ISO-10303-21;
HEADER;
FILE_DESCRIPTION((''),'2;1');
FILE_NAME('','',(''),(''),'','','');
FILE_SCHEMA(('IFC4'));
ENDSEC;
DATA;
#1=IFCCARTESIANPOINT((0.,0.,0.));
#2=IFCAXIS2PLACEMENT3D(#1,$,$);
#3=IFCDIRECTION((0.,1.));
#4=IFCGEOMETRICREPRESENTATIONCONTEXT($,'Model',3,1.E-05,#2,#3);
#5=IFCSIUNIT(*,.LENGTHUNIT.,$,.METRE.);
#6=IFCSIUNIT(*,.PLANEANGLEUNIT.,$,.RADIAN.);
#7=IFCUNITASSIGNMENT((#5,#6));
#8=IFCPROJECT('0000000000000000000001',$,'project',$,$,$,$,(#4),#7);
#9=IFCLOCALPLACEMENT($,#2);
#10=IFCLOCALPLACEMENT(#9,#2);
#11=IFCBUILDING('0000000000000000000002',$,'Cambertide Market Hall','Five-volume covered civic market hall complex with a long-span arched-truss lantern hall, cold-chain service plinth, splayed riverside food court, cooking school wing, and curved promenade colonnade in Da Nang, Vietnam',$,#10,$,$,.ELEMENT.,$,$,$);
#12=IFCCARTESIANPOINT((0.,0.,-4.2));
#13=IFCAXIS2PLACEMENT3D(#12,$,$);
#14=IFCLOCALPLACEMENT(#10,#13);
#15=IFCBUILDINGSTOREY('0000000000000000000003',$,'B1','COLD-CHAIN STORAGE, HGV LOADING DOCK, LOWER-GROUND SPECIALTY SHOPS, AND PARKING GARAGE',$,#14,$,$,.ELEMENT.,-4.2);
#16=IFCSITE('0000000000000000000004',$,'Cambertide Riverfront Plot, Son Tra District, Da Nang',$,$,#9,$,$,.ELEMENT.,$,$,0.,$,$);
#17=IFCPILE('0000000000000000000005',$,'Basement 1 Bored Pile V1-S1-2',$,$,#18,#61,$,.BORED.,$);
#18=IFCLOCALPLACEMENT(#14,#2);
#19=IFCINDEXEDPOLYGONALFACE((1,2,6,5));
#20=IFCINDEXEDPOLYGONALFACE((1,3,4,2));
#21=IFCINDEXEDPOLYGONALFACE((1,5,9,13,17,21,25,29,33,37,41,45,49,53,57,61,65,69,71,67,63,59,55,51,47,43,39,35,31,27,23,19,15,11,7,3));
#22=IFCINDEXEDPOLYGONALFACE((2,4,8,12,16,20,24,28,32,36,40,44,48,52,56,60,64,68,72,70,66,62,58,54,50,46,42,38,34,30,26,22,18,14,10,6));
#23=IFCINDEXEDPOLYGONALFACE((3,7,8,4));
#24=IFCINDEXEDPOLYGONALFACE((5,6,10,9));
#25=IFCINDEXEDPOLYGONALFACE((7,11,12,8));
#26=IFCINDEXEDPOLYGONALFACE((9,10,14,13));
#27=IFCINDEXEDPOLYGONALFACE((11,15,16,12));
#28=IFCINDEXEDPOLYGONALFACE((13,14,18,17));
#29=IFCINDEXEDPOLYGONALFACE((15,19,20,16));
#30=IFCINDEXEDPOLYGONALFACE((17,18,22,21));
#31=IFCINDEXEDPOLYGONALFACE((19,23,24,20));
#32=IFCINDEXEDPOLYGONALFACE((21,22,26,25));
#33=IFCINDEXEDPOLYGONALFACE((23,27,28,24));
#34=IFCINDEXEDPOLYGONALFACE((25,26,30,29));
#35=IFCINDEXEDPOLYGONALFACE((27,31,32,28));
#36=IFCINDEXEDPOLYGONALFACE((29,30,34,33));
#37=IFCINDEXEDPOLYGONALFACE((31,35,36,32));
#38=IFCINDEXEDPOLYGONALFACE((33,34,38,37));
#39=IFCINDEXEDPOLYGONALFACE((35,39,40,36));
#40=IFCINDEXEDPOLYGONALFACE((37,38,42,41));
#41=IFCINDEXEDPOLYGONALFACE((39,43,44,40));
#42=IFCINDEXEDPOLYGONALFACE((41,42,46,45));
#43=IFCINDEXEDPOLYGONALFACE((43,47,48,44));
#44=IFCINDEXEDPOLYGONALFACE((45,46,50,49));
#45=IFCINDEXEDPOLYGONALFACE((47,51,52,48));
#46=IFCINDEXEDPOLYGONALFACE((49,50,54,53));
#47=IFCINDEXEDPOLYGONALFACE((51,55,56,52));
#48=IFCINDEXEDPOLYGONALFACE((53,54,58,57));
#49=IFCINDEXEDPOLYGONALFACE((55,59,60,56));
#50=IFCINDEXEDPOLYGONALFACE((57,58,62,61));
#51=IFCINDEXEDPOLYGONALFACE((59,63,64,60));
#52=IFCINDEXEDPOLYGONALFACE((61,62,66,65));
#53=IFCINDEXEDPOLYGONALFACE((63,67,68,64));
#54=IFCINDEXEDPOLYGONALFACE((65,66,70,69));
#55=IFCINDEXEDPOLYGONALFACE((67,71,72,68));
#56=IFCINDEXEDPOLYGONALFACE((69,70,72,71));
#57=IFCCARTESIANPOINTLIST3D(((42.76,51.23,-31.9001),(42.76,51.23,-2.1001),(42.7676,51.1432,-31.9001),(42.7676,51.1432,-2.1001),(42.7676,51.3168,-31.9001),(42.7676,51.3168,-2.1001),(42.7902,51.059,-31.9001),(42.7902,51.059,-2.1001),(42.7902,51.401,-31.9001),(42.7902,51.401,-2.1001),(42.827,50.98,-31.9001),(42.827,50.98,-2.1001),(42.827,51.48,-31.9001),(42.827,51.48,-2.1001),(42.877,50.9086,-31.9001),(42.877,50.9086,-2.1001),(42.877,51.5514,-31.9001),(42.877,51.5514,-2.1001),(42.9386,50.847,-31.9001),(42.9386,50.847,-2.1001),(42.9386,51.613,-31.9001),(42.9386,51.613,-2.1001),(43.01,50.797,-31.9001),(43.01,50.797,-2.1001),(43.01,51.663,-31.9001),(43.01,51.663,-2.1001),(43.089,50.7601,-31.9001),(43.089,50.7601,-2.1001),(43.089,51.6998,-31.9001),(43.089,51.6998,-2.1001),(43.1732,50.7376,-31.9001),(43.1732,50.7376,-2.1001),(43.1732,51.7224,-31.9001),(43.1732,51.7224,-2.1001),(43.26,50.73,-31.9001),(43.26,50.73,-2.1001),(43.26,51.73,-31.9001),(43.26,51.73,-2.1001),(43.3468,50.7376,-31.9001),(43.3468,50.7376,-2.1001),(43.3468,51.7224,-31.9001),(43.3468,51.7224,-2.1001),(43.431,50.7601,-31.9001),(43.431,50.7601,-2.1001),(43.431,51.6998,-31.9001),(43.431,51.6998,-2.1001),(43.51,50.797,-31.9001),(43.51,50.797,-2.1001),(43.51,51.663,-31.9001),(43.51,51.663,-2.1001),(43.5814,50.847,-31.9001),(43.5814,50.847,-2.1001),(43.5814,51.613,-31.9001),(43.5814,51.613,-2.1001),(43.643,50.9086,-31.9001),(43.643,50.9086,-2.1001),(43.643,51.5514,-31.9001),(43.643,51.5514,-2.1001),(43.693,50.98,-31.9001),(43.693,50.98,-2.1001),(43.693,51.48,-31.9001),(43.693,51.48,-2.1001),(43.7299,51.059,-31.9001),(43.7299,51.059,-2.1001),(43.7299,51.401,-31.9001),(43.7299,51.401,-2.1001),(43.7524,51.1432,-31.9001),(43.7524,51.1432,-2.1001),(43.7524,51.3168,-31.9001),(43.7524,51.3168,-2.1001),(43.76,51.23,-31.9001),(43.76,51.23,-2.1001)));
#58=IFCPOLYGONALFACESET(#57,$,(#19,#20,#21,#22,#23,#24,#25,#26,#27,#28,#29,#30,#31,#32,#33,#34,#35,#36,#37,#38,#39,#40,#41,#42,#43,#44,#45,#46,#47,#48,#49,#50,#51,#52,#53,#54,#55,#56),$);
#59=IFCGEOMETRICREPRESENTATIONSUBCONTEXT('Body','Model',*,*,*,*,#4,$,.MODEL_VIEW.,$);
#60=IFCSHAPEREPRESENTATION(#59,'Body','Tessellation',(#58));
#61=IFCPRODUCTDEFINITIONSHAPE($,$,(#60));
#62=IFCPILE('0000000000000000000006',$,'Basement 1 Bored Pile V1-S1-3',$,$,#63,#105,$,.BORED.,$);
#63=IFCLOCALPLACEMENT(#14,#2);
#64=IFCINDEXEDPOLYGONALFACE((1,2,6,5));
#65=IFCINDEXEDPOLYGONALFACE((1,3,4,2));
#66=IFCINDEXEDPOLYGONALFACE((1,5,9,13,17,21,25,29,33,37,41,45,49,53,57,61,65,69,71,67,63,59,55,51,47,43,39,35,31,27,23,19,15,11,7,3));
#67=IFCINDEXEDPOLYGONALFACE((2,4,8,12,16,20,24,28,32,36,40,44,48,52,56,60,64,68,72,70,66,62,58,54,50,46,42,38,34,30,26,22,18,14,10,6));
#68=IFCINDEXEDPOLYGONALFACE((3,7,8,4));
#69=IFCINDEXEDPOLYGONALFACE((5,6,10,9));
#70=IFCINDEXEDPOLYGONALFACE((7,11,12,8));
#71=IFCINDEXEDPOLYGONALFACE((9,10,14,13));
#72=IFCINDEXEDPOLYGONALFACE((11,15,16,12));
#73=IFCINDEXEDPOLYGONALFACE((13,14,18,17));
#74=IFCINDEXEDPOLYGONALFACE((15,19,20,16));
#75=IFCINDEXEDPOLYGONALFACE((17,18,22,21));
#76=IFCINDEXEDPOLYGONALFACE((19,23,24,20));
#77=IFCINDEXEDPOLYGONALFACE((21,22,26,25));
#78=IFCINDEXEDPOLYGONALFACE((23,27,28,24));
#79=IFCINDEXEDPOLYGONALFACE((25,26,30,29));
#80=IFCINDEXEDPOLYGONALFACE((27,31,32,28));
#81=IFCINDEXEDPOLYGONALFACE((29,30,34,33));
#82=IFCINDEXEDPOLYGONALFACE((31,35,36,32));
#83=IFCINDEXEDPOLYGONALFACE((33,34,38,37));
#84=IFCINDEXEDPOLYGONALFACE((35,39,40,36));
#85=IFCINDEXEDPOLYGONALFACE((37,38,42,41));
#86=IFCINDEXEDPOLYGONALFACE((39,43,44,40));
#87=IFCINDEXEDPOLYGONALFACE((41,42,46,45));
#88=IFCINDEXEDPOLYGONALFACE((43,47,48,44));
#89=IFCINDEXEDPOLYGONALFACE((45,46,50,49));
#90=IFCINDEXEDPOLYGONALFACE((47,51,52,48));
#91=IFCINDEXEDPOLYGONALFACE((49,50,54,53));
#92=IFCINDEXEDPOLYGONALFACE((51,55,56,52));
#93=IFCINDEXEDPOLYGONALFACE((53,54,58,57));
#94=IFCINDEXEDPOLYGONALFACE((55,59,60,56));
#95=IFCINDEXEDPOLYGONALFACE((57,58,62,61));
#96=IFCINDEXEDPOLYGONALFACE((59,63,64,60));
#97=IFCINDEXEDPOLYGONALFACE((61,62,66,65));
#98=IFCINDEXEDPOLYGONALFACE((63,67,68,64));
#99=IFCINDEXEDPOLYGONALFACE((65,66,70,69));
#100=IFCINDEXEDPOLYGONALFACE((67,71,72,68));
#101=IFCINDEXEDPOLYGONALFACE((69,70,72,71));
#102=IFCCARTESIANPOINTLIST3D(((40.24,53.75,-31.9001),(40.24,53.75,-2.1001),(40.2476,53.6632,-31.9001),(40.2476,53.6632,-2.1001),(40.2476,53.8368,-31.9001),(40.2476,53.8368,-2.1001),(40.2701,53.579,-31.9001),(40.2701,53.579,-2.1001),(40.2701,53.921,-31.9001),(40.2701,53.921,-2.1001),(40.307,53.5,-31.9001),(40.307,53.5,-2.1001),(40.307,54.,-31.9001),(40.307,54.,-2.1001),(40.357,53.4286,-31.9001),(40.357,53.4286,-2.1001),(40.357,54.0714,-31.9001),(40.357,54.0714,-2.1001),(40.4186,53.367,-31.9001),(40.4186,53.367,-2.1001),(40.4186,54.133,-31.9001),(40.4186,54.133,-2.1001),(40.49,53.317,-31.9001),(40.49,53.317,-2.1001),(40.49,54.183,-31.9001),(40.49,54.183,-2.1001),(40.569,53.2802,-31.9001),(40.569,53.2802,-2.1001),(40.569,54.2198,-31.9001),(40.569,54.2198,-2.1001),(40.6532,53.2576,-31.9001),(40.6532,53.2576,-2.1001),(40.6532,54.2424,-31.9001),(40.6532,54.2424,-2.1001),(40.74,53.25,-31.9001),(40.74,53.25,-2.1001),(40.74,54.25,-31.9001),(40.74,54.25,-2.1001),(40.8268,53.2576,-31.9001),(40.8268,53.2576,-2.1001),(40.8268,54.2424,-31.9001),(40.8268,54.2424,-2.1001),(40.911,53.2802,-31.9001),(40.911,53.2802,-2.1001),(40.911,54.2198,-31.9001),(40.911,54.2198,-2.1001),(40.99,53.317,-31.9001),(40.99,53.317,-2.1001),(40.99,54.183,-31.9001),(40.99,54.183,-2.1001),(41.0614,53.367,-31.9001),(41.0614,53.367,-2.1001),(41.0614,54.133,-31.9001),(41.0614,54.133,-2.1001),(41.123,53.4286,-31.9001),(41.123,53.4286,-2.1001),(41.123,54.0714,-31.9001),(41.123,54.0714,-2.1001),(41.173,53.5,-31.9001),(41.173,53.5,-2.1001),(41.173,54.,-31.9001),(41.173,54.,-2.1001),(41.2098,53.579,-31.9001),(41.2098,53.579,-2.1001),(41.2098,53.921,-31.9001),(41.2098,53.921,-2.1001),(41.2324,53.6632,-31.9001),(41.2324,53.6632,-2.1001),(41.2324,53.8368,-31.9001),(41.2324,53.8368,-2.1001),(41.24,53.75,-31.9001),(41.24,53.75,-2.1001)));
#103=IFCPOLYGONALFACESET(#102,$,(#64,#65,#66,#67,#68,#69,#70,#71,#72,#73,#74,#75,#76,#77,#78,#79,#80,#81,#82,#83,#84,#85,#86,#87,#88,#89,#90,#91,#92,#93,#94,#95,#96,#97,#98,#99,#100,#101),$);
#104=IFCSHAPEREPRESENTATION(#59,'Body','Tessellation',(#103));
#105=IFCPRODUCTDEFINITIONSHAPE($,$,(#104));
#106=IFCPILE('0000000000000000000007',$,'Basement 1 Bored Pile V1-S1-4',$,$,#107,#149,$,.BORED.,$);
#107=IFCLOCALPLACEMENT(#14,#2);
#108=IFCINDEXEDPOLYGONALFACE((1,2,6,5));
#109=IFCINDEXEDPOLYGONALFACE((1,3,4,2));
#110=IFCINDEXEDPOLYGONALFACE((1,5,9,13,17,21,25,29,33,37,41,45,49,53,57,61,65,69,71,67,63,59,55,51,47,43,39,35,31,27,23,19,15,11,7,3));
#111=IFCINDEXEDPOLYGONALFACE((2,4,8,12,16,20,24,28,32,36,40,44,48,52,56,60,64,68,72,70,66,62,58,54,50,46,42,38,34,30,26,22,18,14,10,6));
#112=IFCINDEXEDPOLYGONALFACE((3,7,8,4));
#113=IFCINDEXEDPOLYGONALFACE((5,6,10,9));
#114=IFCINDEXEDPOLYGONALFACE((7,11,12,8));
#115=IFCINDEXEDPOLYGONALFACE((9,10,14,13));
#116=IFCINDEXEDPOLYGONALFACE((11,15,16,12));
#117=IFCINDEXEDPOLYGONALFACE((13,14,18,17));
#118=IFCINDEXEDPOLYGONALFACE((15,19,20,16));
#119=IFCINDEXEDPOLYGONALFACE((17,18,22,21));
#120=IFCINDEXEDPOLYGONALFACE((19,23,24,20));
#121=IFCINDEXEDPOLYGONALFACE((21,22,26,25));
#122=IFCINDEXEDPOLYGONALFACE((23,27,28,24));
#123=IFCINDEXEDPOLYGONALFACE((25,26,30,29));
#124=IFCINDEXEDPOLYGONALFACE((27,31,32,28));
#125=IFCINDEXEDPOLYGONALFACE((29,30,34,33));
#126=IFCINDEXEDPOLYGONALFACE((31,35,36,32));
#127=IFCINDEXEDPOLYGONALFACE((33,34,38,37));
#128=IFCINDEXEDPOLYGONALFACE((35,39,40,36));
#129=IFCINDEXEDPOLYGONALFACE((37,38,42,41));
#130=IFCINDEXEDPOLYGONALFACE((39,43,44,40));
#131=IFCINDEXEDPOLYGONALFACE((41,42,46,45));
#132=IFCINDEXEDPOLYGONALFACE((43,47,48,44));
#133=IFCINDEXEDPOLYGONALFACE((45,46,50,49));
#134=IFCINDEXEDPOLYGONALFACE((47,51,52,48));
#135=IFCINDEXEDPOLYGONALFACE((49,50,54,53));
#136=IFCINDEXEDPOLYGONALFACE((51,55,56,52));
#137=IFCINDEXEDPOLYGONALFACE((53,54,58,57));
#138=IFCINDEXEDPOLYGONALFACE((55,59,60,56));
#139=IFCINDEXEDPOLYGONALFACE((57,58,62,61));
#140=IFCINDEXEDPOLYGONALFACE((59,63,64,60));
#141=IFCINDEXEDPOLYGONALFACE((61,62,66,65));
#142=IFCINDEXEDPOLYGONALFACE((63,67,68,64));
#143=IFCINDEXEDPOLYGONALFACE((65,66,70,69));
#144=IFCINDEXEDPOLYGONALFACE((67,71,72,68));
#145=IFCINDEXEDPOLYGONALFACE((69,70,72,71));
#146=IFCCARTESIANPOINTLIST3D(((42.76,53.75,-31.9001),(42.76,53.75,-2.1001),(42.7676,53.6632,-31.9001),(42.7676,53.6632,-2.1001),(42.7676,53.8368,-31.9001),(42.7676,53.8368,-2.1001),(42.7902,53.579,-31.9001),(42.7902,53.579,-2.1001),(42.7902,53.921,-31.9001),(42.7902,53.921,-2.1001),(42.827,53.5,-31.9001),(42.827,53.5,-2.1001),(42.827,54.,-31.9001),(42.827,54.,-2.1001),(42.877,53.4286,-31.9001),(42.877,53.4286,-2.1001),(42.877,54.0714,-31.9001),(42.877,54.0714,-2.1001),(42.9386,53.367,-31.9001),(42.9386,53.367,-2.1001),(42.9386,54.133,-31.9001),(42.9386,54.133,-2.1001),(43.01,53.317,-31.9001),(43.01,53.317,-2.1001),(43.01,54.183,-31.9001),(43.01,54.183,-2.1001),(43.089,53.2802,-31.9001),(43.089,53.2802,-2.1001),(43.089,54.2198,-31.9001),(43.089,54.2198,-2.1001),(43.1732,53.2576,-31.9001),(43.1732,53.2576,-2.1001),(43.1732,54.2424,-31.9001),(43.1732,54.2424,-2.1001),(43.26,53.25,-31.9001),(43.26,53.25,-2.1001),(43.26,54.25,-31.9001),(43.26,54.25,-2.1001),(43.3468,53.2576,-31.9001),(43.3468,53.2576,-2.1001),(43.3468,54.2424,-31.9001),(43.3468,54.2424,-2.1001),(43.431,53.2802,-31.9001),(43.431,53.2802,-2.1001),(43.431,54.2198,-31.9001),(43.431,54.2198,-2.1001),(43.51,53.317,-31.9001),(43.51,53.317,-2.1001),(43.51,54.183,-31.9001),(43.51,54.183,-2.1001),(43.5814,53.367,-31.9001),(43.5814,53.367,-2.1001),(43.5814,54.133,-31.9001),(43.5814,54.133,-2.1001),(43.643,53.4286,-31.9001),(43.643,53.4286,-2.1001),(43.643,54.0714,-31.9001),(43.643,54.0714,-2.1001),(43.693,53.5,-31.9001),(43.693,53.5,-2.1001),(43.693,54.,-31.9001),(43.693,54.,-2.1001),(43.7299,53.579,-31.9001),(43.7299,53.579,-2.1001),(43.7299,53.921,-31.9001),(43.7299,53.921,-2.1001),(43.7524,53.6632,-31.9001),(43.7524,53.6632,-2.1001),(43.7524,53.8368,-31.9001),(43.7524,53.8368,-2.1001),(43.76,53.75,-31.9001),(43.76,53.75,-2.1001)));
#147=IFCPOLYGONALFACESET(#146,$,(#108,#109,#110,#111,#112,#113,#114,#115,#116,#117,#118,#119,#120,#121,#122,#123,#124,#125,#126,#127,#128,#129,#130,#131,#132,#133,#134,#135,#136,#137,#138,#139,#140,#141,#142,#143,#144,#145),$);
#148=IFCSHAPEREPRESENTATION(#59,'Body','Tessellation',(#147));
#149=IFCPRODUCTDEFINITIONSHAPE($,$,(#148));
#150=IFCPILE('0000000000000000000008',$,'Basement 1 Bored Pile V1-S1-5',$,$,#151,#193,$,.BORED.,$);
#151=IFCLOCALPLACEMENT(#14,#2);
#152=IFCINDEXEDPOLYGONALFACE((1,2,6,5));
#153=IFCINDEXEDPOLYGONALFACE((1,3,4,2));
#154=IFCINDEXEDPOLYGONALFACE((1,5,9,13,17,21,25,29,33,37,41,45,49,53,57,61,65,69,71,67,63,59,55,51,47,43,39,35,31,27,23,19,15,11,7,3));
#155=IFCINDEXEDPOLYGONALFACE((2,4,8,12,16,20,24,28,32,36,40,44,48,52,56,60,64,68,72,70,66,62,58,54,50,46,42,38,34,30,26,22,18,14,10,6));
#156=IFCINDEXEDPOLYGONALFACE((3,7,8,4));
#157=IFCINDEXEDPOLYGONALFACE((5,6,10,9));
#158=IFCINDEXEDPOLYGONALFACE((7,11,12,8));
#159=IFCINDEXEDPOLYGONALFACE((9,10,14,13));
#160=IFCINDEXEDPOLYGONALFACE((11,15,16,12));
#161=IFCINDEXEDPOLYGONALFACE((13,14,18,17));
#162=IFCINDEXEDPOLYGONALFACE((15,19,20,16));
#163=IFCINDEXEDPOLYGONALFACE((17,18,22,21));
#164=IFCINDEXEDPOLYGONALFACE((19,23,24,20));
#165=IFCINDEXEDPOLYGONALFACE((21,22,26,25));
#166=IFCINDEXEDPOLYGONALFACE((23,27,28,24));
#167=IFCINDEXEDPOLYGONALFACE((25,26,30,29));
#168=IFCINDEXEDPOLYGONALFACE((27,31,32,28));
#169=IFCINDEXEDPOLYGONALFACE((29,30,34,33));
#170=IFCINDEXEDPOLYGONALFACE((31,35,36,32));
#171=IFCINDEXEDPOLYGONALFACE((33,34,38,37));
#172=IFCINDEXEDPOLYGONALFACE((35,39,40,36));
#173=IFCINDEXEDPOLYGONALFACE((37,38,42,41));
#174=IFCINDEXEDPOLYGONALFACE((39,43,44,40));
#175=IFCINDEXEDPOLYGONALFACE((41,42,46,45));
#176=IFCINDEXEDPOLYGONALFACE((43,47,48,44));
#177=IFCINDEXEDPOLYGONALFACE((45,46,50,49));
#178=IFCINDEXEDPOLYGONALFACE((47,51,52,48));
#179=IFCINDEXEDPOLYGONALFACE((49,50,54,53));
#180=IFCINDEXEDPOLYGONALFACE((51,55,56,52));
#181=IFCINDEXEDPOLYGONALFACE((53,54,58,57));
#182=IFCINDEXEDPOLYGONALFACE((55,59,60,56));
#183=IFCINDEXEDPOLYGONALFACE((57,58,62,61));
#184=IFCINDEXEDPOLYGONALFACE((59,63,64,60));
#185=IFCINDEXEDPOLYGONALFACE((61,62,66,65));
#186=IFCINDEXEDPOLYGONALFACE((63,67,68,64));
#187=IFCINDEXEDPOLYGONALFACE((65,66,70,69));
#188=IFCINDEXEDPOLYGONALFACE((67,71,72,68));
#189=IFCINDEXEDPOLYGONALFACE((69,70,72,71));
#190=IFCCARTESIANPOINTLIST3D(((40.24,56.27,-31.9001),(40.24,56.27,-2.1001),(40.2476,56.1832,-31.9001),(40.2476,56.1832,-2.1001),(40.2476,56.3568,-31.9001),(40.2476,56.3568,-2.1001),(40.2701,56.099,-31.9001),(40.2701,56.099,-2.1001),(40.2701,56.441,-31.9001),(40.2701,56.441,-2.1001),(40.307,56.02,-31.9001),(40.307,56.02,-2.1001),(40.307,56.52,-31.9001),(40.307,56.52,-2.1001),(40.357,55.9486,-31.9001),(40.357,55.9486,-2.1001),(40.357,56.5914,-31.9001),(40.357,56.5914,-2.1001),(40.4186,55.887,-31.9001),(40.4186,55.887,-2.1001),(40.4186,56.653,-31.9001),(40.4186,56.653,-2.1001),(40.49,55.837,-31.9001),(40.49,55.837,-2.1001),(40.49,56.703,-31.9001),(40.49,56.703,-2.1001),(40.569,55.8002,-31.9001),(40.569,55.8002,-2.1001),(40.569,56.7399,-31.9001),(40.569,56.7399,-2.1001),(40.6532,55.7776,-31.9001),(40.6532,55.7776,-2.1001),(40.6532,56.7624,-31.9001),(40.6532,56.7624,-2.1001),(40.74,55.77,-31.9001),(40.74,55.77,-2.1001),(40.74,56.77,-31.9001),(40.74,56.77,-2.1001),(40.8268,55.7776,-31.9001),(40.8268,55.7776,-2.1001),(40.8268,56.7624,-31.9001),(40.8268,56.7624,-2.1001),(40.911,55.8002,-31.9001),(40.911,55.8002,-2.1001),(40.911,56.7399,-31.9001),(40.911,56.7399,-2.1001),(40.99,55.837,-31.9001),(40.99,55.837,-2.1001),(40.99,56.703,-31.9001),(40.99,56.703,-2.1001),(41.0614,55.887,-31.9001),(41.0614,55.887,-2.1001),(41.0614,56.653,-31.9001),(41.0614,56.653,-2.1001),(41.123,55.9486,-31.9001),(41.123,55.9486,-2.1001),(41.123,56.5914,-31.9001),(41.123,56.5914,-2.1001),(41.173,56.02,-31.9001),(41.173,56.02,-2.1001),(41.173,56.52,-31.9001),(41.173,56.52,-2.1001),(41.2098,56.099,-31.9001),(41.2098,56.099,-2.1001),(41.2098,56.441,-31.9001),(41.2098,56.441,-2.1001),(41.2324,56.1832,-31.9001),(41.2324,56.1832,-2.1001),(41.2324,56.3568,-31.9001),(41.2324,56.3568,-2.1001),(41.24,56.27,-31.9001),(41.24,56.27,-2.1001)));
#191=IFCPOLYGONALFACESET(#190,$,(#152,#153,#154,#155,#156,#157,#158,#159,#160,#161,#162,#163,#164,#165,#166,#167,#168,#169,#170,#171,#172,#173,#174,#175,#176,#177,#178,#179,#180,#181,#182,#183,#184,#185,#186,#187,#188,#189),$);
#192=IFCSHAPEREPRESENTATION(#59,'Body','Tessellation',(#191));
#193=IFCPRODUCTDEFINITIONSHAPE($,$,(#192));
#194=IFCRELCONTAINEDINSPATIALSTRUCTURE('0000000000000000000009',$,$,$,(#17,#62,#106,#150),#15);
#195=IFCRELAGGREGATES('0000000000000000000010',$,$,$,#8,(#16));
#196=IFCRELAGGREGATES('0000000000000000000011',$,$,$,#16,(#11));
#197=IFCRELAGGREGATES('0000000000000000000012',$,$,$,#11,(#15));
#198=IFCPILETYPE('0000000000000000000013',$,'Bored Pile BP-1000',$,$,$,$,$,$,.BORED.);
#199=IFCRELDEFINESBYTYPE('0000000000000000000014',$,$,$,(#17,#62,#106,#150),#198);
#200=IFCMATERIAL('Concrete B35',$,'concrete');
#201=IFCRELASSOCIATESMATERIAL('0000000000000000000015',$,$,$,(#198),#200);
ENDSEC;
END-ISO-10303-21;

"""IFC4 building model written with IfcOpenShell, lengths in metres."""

from ifc_helpers import new_model, si_unit, direction, frame, origin, origin_2d, place, context, subcontext, project, spatial, circle, extrude, material, material_profile, profile_set, type_object, element, save


model = new_model("IFC4")

# Units and contexts
model_context = context("Model", 3, precision=1e-05, world=origin(), true_north=direction((0.0, 1.0)))
body_context = subcontext(model_context, "Body", "Model", "MODEL_VIEW")
ifc_project = project(units=[si_unit("LENGTHUNIT", "METRE"), si_unit("PLANEANGLEUNIT", "RADIAN")], contexts=[model_context])

# Site, building, storey
site_placement = place(None, origin())
site = spatial("IfcSite", under=ifc_project, at=site_placement, Name="Cambertide Riverfront Plot, Son Tra District, Da Nang", CompositionType="ELEMENT", RefElevation=0.0)
building_placement = place(site_placement, origin())
building = spatial("IfcBuilding", under=site, at=building_placement, Name="Cambertide Market Hall", Description="Five-volume covered civic market hall complex with a long-span arched-truss lantern hall, cold-chain service plinth, splayed riverside food court, cooking school wing, and curved promenade colonnade in Da Nang, Vietnam", CompositionType="ELEMENT")
storey_placement = place(building_placement, frame((0.0, 0.0, -4.2)))
storey = spatial("IfcBuildingStorey", under=building, at=storey_placement, Name="B1", Description="COLD-CHAIN STORAGE, HGV LOADING DOCK, LOWER-GROUND SPECIALTY SHOPS, AND PARKING GARAGE", CompositionType="ELEMENT", Elevation=-4.2)

# Piles
ifc_material_1 = material(Name="Concrete B35", Category="concrete")
ifc_material_profile_1 = material_profile(ifc_material_1, circle(Radius=0.5, at=origin_2d()), Name="BP D1000")
ifc_profile_set_1 = profile_set([ifc_material_profile_1], Name="Concrete B35")
pile_type_1 = type_object("IfcPileType", Name="Bored Pile BP-1000", PredefinedType="BORED", material=ifc_profile_set_1)
for number, where, z_axis, x_axis, name in (
    (1, (43.26, 51.23, -2.1001), (0.0, 0.0, -1.0), (1.0, 0.0, 0.0), "Basement 1 Bored Pile V1-S1-2"),
    (2, (40.74, 53.75, -2.1001), (0.0, 0.0, -1.0), (1.0, 0.0, 0.0), "Basement 1 Bored Pile V1-S1-3"),
    (3, (43.26, 53.75, -2.1001), (0.0, 0.0, -1.0), (1.0, 0.0, 0.0), "Basement 1 Bored Pile V1-S1-4"),
    (4, (40.74, 56.27, -2.1001), (0.0, 0.0, -1.0), (1.0, 0.0, 0.0), "Basement 1 Bored Pile V1-S1-5"),
):
    element("IfcPile", number, at=place(storey_placement, frame(where, z_axis=z_axis, x_axis=x_axis)), inside=storey, type_object=pile_type_1, Name=name, PredefinedType="BORED", context=body_context, shape_type="SweptSolid", body=[
        extrude(circle(Radius=0.5, at=origin_2d()), origin(), (0.0, 0.0, 1.0), 29.8),
    ])

save(model, "model.ifc")
